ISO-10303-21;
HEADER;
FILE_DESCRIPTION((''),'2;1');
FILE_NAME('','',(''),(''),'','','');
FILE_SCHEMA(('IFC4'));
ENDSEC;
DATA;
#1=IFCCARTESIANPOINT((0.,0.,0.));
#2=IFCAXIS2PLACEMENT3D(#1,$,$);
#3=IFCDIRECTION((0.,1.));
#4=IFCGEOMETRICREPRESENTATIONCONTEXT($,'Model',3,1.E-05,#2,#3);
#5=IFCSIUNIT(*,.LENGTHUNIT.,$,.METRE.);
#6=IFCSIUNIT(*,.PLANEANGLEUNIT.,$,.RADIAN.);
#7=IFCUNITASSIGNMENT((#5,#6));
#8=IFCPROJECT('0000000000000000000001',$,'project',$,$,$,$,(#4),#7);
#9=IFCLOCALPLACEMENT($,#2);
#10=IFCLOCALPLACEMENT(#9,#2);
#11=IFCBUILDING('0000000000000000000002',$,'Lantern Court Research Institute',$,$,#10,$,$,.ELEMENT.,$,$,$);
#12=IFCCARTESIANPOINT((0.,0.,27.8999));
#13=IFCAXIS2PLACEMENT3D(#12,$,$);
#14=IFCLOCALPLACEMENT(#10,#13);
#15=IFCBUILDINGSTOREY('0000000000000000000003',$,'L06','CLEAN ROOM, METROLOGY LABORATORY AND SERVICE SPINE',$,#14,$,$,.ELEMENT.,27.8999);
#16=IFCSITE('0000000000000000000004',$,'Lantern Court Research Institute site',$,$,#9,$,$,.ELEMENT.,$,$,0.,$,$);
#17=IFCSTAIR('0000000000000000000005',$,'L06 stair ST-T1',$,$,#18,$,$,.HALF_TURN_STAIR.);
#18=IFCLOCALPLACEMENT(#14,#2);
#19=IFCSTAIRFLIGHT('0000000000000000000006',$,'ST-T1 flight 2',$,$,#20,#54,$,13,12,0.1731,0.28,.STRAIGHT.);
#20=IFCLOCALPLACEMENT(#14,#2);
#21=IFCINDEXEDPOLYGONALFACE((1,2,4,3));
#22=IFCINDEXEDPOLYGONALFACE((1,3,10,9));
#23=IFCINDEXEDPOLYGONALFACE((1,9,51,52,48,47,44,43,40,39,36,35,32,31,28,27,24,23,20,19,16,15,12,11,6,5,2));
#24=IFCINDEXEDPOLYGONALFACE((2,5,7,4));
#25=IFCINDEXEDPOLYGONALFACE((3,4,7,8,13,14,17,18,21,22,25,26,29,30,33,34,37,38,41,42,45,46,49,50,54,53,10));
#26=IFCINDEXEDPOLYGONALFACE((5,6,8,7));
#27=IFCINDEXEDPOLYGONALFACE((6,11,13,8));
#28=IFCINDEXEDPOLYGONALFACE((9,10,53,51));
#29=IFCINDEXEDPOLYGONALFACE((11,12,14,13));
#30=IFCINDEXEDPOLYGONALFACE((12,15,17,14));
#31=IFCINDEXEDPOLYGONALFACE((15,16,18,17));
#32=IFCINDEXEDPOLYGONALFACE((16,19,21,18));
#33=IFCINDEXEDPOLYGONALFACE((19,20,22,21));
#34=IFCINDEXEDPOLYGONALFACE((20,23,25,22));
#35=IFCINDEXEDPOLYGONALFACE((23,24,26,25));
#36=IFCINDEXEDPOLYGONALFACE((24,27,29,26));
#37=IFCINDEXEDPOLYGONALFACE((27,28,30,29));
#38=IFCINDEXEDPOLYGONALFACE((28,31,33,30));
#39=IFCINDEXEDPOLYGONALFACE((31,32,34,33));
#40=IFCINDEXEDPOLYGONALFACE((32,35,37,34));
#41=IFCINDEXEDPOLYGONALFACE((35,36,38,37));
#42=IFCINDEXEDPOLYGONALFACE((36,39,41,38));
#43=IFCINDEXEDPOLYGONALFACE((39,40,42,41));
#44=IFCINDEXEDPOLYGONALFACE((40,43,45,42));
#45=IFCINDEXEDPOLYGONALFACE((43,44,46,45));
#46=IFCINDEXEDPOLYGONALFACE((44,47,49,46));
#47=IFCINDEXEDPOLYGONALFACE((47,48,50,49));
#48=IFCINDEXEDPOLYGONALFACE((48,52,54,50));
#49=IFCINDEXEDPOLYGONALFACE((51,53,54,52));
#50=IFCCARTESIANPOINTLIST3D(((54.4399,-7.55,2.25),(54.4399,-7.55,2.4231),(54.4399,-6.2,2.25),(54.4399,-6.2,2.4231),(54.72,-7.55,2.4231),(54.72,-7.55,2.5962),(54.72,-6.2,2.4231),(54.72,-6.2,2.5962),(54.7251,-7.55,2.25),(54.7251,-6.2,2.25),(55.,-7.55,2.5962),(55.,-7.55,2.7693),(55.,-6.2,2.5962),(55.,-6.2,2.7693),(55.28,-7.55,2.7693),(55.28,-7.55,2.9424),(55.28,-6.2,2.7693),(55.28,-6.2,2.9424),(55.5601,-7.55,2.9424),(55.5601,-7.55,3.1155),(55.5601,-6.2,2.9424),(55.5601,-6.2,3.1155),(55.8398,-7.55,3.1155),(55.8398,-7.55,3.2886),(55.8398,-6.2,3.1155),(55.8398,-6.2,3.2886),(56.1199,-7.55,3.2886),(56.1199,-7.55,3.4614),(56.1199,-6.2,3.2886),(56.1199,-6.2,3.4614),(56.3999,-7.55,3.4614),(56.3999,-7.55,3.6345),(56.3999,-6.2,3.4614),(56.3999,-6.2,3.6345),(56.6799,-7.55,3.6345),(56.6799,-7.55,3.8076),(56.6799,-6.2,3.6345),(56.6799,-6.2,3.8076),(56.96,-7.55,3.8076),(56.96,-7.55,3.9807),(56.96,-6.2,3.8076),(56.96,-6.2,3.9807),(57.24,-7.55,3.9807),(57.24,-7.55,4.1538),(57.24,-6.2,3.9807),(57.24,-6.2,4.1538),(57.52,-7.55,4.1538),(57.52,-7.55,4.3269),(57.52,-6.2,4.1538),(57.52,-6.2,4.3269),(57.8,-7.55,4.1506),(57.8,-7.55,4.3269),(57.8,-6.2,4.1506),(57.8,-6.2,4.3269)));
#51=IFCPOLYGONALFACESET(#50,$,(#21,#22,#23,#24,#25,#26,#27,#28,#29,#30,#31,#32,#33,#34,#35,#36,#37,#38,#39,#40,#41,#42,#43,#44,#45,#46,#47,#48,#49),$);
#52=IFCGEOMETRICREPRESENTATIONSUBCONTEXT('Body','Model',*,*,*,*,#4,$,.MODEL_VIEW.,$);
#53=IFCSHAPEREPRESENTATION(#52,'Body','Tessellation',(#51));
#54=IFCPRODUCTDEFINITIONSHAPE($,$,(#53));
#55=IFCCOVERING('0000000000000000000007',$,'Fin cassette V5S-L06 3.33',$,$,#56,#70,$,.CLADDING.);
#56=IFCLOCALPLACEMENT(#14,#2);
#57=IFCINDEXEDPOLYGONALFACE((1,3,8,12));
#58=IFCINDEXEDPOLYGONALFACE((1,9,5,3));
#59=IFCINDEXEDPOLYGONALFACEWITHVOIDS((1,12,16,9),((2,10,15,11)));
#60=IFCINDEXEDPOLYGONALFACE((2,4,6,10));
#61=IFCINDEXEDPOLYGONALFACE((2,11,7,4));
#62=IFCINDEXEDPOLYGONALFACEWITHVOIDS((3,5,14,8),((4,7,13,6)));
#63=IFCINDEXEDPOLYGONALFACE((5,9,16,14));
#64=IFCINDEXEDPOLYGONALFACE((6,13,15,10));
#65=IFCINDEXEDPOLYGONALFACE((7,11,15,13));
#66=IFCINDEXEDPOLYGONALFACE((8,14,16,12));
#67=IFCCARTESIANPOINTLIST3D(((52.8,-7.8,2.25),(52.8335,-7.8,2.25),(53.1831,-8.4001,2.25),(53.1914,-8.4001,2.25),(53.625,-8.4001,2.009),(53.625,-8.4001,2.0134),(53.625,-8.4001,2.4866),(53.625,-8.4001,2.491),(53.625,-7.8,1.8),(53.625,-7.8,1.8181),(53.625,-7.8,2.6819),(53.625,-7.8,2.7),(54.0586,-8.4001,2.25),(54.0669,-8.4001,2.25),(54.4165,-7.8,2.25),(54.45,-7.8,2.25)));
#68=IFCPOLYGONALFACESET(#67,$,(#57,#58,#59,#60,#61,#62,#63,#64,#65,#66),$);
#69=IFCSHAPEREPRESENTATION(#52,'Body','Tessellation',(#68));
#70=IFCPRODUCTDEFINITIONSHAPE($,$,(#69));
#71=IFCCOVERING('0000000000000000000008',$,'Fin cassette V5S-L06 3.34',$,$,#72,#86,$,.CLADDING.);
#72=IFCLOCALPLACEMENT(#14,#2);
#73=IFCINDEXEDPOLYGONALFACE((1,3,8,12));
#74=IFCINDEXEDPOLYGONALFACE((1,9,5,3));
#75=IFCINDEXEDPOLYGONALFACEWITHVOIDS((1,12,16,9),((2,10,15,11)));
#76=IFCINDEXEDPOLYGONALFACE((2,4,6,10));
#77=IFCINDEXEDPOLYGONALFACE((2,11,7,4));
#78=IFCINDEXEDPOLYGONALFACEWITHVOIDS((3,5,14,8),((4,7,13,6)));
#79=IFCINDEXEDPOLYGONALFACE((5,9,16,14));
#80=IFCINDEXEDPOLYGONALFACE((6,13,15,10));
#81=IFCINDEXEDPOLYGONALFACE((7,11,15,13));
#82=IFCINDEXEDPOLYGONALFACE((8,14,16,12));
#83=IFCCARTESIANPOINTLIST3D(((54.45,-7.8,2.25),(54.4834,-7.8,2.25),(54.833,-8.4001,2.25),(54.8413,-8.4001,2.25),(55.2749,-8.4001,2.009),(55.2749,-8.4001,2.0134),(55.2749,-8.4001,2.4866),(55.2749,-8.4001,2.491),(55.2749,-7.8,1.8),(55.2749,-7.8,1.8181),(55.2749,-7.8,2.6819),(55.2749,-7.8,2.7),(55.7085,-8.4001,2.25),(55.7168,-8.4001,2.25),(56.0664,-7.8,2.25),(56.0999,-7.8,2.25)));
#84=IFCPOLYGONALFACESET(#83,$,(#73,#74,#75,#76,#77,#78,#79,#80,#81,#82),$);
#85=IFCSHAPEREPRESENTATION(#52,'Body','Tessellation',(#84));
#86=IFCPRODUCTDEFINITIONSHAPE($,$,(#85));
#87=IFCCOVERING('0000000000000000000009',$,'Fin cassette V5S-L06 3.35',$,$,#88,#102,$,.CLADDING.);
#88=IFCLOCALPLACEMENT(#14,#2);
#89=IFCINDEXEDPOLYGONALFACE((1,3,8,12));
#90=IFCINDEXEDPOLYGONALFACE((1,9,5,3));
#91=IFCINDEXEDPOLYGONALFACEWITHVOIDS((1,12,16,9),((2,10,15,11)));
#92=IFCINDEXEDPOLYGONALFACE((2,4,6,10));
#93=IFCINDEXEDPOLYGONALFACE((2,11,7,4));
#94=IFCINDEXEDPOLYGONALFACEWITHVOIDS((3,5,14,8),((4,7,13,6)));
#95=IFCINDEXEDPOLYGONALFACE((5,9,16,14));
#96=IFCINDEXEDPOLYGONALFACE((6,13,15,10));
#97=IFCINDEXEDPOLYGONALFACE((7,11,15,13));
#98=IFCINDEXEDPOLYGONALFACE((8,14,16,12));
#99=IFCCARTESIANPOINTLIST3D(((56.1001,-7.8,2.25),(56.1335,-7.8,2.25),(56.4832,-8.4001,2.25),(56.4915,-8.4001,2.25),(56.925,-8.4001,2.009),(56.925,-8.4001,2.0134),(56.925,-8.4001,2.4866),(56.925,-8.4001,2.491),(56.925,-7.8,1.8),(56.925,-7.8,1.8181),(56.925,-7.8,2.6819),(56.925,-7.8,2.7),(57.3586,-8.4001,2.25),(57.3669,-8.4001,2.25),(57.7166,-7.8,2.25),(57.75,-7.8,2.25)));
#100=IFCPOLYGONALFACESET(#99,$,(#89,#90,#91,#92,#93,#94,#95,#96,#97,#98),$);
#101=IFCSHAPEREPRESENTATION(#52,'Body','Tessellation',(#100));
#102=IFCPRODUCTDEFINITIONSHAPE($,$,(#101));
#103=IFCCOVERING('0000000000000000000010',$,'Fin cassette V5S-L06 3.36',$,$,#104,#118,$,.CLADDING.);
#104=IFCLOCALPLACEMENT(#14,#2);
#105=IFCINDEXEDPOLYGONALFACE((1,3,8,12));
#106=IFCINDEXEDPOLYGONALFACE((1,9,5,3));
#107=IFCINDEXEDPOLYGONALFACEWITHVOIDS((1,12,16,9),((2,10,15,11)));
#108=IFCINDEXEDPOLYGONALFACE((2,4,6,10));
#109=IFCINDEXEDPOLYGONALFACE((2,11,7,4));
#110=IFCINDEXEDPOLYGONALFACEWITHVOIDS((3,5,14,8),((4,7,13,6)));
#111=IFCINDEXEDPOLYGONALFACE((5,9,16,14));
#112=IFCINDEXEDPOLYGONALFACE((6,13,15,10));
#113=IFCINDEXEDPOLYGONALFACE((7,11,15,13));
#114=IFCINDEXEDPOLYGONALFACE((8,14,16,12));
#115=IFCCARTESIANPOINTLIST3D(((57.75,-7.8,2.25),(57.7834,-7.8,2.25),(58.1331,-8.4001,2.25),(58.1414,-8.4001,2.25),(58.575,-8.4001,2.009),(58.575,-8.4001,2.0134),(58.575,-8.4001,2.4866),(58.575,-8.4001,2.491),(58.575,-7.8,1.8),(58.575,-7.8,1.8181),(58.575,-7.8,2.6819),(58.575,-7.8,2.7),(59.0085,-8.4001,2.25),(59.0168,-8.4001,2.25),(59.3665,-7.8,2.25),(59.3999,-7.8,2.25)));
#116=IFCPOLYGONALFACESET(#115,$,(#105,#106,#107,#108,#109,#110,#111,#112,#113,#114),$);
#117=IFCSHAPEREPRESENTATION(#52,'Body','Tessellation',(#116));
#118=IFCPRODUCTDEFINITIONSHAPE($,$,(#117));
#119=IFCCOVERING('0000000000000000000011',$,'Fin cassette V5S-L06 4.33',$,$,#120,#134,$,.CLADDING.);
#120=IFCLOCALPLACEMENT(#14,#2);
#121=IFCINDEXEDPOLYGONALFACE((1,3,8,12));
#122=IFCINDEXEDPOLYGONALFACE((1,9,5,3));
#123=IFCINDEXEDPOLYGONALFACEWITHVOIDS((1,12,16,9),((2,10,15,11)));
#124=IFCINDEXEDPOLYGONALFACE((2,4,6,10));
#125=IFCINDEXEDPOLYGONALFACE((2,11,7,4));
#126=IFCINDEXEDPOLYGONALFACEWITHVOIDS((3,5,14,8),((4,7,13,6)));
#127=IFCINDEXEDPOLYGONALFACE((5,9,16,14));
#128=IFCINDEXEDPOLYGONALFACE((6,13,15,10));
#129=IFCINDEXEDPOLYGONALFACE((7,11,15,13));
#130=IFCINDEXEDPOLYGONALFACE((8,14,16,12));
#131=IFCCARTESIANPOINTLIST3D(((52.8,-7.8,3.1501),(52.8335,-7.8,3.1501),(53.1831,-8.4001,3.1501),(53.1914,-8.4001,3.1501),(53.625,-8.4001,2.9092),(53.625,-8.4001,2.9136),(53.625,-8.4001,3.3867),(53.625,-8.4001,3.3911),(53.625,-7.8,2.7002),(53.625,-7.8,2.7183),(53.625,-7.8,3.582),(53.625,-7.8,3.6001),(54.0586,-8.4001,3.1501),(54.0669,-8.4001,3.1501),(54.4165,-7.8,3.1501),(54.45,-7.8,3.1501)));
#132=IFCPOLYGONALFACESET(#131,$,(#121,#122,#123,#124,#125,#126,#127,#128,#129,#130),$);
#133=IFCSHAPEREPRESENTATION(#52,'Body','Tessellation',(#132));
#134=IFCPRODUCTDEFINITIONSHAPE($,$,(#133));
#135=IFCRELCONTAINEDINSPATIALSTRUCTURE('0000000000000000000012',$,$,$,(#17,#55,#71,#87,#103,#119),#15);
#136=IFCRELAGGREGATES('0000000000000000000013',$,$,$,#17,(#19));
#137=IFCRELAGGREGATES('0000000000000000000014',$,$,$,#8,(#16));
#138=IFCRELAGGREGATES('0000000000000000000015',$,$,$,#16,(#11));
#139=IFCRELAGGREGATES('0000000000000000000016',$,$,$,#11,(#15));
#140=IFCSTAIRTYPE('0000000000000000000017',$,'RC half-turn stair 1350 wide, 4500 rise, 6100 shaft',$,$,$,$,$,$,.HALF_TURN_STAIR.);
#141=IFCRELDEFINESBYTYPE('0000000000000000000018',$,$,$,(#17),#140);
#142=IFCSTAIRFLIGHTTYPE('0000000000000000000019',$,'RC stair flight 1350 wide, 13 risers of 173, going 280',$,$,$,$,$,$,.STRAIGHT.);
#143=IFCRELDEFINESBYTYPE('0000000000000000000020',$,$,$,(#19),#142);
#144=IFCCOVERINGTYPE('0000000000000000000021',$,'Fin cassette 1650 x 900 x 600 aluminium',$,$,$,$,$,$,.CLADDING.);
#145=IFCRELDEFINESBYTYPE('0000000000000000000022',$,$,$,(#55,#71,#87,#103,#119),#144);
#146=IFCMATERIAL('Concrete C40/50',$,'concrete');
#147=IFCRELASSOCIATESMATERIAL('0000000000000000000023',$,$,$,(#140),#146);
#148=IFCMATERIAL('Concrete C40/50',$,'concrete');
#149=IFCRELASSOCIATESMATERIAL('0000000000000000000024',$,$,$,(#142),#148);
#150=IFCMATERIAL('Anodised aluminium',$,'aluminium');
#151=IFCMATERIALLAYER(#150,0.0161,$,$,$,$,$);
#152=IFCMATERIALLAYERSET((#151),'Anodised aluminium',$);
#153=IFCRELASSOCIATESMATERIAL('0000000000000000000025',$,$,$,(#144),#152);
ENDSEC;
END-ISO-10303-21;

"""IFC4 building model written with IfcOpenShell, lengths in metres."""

from ifc_helpers import new_model, entity, si_unit, direction, frame, origin, place, context, subcontext, project, spatial, polyline, outline, extrude, material, layer, layer_set, type_object, element, aggregate, save


model = new_model("IFC4")

# Units and contexts
model_context = context("Model", 3, precision=1e-05, world=origin(), true_north=direction((0.0, 1.0)))
body_context = subcontext(model_context, "Body", "Model", "MODEL_VIEW")
ifc_project = project(units=[si_unit("LENGTHUNIT", "METRE"), si_unit("PLANEANGLEUNIT", "RADIAN")], contexts=[model_context])

# Site, building, storey
site_placement = place(None, origin())
site = spatial("IfcSite", under=ifc_project, at=site_placement, Name="Lantern Court Research Institute site", CompositionType="ELEMENT", RefElevation=0.0)
building_placement = place(site_placement, origin())
building = spatial("IfcBuilding", under=site, at=building_placement, Name="Lantern Court Research Institute", CompositionType="ELEMENT")
storey_placement = place(building_placement, frame((0.0, 0.0, 27.8999)))
storey = spatial("IfcBuildingStorey", under=building, at=storey_placement, Name="L06", Description="CLEAN ROOM, METROLOGY LABORATORY AND SERVICE SPINE", CompositionType="ELEMENT", Elevation=27.8999)

# Stair, stair flight
ifc_material_1 = material(Name="Concrete C40/50", Category="concrete")
stair_type = type_object("IfcStairType", Name="RC half-turn stair 1350 wide, 4500 rise, 6100 shaft", PredefinedType="HALF_TURN_STAIR", material=ifc_material_1)
stair_placement = place(storey_placement, origin())
stair = element("IfcStair", 1, at=stair_placement, inside=storey, type_object=stair_type, Name="L06 stair ST-T1", PredefinedType="HALF_TURN_STAIR")
ifc_material_2 = material(Name="Concrete C40/50", Category="concrete")
stair_flight_type = type_object("IfcStairFlightType", Name="RC stair flight 1350 wide, 13 risers of 173, going 280", PredefinedType="STRAIGHT", material=ifc_material_2)
stair_flight_placement = place(storey_placement, frame((54.4399, -6.875, 2.25), z_axis=(0.0, 0.0, 1.0), x_axis=(1.0, 0.0, 0.0)))
stair_flight = element("IfcStairFlight", 2, at=stair_flight_placement, type_object=stair_flight_type, Name="ST-T1 flight 2", NumberOfRisers=13, NumberOfTreads=12, PredefinedType="STRAIGHT", RiserHeight=0.1731, TreadLength=0.28, context=body_context, shape_type="SweptSolid", body=[
    extrude(outline(polyline([(0.0, 0.0), (0.0, 0.1731), (0.28, 0.1731), (0.28, 0.3462), (0.5601, 0.3462), (0.5601, 0.5193), (0.8401, 0.5193), (0.8401, 0.6924), (1.1201, 0.6924), (1.1201, 0.8655), (1.3999, 0.8655), (1.3999, 1.0386), (1.6799, 1.0386), (1.6799, 1.2114), (1.96, 1.2114), (1.96, 1.3845), (2.24, 1.3845), (2.24, 1.5576), (2.52, 1.5576), (2.52, 1.7307), (2.8, 1.7307), (2.8, 1.9038), (3.0801, 1.9038), (3.0801, 2.0769), (3.3601, 2.0769), (3.3601, 2.25), (3.3601, 1.9006), (0.2852, 0.0), (0.0, 0.0)])), frame((0.0, 0.675, 0.0), z_axis=(0.0, -1.0, 0.0), x_axis=(1.0, 0.0, 0.0)), (0.0, 0.0, 1.0), 1.3501),
])
aggregate(stair, [stair_flight])

# Coverings
ifc_material_3 = material(Name="Anodised aluminium", Category="aluminium")
ifc_layer = layer(ifc_material_3, 0.0161)
ifc_layer_set = layer_set([ifc_layer], Name="Anodised aluminium")
covering_type = type_object("IfcCoveringType", Name="Fin cassette 1650 x 900 x 600 aluminium", PredefinedType="CLADDING", material=ifc_layer_set)
covering_1_placement = place(storey_placement, frame((53.625, -7.8, 2.25), z_axis=(0.0, -1.0, 0.0), x_axis=(1.0, 0.0, 0.0)))
cartesian_point_1 = entity("IfcCartesianPoint", [0.825, 0.0])
cartesian_point_2 = entity("IfcCartesianPoint", [0.7915, 0.0])
cartesian_point_3 = entity("IfcCartesianPoint", [0.4419, 0.0])
cartesian_point_4 = entity("IfcCartesianPoint", [0.4336, 0.0])
element("IfcCovering", 3, at=covering_1_placement, inside=storey, type_object=covering_type, Name="Fin cassette V5S-L06 3.33", PredefinedType="CLADDING", context=body_context, shape_type="SweptSolid", body=[
    entity("IfcExtrudedAreaSolidTapered", entity("IfcArbitraryProfileDefWithVoids", "AREA", None, entity("IfcPolyline", [cartesian_point_1, entity("IfcCartesianPoint", [0.0, 0.45]), entity("IfcCartesianPoint", [-0.825, 0.0]), entity("IfcCartesianPoint", [0.0, -0.45]), cartesian_point_1]), [entity("IfcPolyline", [cartesian_point_2, entity("IfcCartesianPoint", [0.0, 0.4319]), entity("IfcCartesianPoint", [-0.7915, 0.0]), entity("IfcCartesianPoint", [0.0, -0.4319]), cartesian_point_2])]), entity("IfcAxis2Placement3D", entity("IfcCartesianPoint", [0.0, 0.0, 0.0])), entity("IfcDirection", [0.0, 0.0, 1.0]), 0.6001, entity("IfcArbitraryProfileDefWithVoids", "AREA", None, entity("IfcPolyline", [cartesian_point_3, entity("IfcCartesianPoint", [0.0, 0.241]), entity("IfcCartesianPoint", [-0.4419, 0.0]), entity("IfcCartesianPoint", [0.0, -0.241]), cartesian_point_3]), [entity("IfcPolyline", [cartesian_point_4, entity("IfcCartesianPoint", [0.0, 0.2366]), entity("IfcCartesianPoint", [-0.4336, 0.0]), entity("IfcCartesianPoint", [0.0, -0.2366]), cartesian_point_4])])),
])
covering_2_placement = place(storey_placement, frame((55.2749, -7.8, 2.25), z_axis=(0.0, -1.0, 0.0), x_axis=(1.0, 0.0, 0.0)))
cartesian_point_5 = entity("IfcCartesianPoint", [0.825, 0.0])
cartesian_point_6 = entity("IfcCartesianPoint", [0.7915, 0.0])
cartesian_point_7 = entity("IfcCartesianPoint", [0.4419, 0.0])
cartesian_point_8 = entity("IfcCartesianPoint", [0.4336, 0.0])
element("IfcCovering", 4, at=covering_2_placement, inside=storey, type_object=covering_type, Name="Fin cassette V5S-L06 3.34", PredefinedType="CLADDING", context=body_context, shape_type="SweptSolid", body=[
    entity("IfcExtrudedAreaSolidTapered", entity("IfcArbitraryProfileDefWithVoids", "AREA", None, entity("IfcPolyline", [cartesian_point_5, entity("IfcCartesianPoint", [0.0, 0.45]), entity("IfcCartesianPoint", [-0.825, 0.0]), entity("IfcCartesianPoint", [0.0, -0.45]), cartesian_point_5]), [entity("IfcPolyline", [cartesian_point_6, entity("IfcCartesianPoint", [0.0, 0.4319]), entity("IfcCartesianPoint", [-0.7915, 0.0]), entity("IfcCartesianPoint", [0.0, -0.4319]), cartesian_point_6])]), entity("IfcAxis2Placement3D", entity("IfcCartesianPoint", [0.0, 0.0, 0.0])), entity("IfcDirection", [0.0, 0.0, 1.0]), 0.6001, entity("IfcArbitraryProfileDefWithVoids", "AREA", None, entity("IfcPolyline", [cartesian_point_7, entity("IfcCartesianPoint", [0.0, 0.241]), entity("IfcCartesianPoint", [-0.4419, 0.0]), entity("IfcCartesianPoint", [0.0, -0.241]), cartesian_point_7]), [entity("IfcPolyline", [cartesian_point_8, entity("IfcCartesianPoint", [0.0, 0.2366]), entity("IfcCartesianPoint", [-0.4336, 0.0]), entity("IfcCartesianPoint", [0.0, -0.2366]), cartesian_point_8])])),
])
covering_3_placement = place(storey_placement, frame((56.925, -7.8, 2.25), z_axis=(0.0, -1.0, 0.0), x_axis=(1.0, 0.0, 0.0)))
cartesian_point_9 = entity("IfcCartesianPoint", [0.825, 0.0])
cartesian_point_10 = entity("IfcCartesianPoint", [0.7915, 0.0])
cartesian_point_11 = entity("IfcCartesianPoint", [0.4419, 0.0])
cartesian_point_12 = entity("IfcCartesianPoint", [0.4336, 0.0])
element("IfcCovering", 5, at=covering_3_placement, inside=storey, type_object=covering_type, Name="Fin cassette V5S-L06 3.35", PredefinedType="CLADDING", context=body_context, shape_type="SweptSolid", body=[
    entity("IfcExtrudedAreaSolidTapered", entity("IfcArbitraryProfileDefWithVoids", "AREA", None, entity("IfcPolyline", [cartesian_point_9, entity("IfcCartesianPoint", [0.0, 0.45]), entity("IfcCartesianPoint", [-0.825, 0.0]), entity("IfcCartesianPoint", [0.0, -0.45]), cartesian_point_9]), [entity("IfcPolyline", [cartesian_point_10, entity("IfcCartesianPoint", [0.0, 0.4319]), entity("IfcCartesianPoint", [-0.7915, 0.0]), entity("IfcCartesianPoint", [0.0, -0.4319]), cartesian_point_10])]), entity("IfcAxis2Placement3D", entity("IfcCartesianPoint", [0.0, 0.0, 0.0])), entity("IfcDirection", [0.0, 0.0, 1.0]), 0.6001, entity("IfcArbitraryProfileDefWithVoids", "AREA", None, entity("IfcPolyline", [cartesian_point_11, entity("IfcCartesianPoint", [0.0, 0.241]), entity("IfcCartesianPoint", [-0.4419, 0.0]), entity("IfcCartesianPoint", [0.0, -0.241]), cartesian_point_11]), [entity("IfcPolyline", [cartesian_point_12, entity("IfcCartesianPoint", [0.0, 0.2366]), entity("IfcCartesianPoint", [-0.4336, 0.0]), entity("IfcCartesianPoint", [0.0, -0.2366]), cartesian_point_12])])),
])
covering_4_placement = place(storey_placement, frame((58.575, -7.8, 2.25), z_axis=(0.0, -1.0, 0.0), x_axis=(1.0, 0.0, 0.0)))
cartesian_point_13 = entity("IfcCartesianPoint", [0.825, 0.0])
cartesian_point_14 = entity("IfcCartesianPoint", [0.7915, 0.0])
cartesian_point_15 = entity("IfcCartesianPoint", [0.4419, 0.0])
cartesian_point_16 = entity("IfcCartesianPoint", [0.4336, 0.0])
element("IfcCovering", 6, at=covering_4_placement, inside=storey, type_object=covering_type, Name="Fin cassette V5S-L06 3.36", PredefinedType="CLADDING", context=body_context, shape_type="SweptSolid", body=[
    entity("IfcExtrudedAreaSolidTapered", entity("IfcArbitraryProfileDefWithVoids", "AREA", None, entity("IfcPolyline", [cartesian_point_13, entity("IfcCartesianPoint", [0.0, 0.45]), entity("IfcCartesianPoint", [-0.825, 0.0]), entity("IfcCartesianPoint", [0.0, -0.45]), cartesian_point_13]), [entity("IfcPolyline", [cartesian_point_14, entity("IfcCartesianPoint", [0.0, 0.4319]), entity("IfcCartesianPoint", [-0.7915, 0.0]), entity("IfcCartesianPoint", [0.0, -0.4319]), cartesian_point_14])]), entity("IfcAxis2Placement3D", entity("IfcCartesianPoint", [0.0, 0.0, 0.0])), entity("IfcDirection", [0.0, 0.0, 1.0]), 0.6001, entity("IfcArbitraryProfileDefWithVoids", "AREA", None, entity("IfcPolyline", [cartesian_point_15, entity("IfcCartesianPoint", [0.0, 0.241]), entity("IfcCartesianPoint", [-0.4419, 0.0]), entity("IfcCartesianPoint", [0.0, -0.241]), cartesian_point_15]), [entity("IfcPolyline", [cartesian_point_16, entity("IfcCartesianPoint", [0.0, 0.2366]), entity("IfcCartesianPoint", [-0.4336, 0.0]), entity("IfcCartesianPoint", [0.0, -0.2366]), cartesian_point_16])])),
])
covering_5_placement = place(storey_placement, frame((53.625, -7.8, 3.1501), z_axis=(0.0, -1.0, 0.0), x_axis=(1.0, 0.0, 0.0)))
cartesian_point_17 = entity("IfcCartesianPoint", [0.825, 0.0])
cartesian_point_18 = entity("IfcCartesianPoint", [0.7915, 0.0])
cartesian_point_19 = entity("IfcCartesianPoint", [0.4419, 0.0])
cartesian_point_20 = entity("IfcCartesianPoint", [0.4336, 0.0])
element("IfcCovering", 7, at=covering_5_placement, inside=storey, type_object=covering_type, Name="Fin cassette V5S-L06 4.33", PredefinedType="CLADDING", context=body_context, shape_type="SweptSolid", body=[
    entity("IfcExtrudedAreaSolidTapered", entity("IfcArbitraryProfileDefWithVoids", "AREA", None, entity("IfcPolyline", [cartesian_point_17, entity("IfcCartesianPoint", [0.0, 0.45]), entity("IfcCartesianPoint", [-0.825, 0.0]), entity("IfcCartesianPoint", [0.0, -0.45]), cartesian_point_17]), [entity("IfcPolyline", [cartesian_point_18, entity("IfcCartesianPoint", [0.0, 0.4319]), entity("IfcCartesianPoint", [-0.7915, 0.0]), entity("IfcCartesianPoint", [0.0, -0.4319]), cartesian_point_18])]), entity("IfcAxis2Placement3D", entity("IfcCartesianPoint", [0.0, 0.0, 0.0])), entity("IfcDirection", [0.0, 0.0, 1.0]), 0.6001, entity("IfcArbitraryProfileDefWithVoids", "AREA", None, entity("IfcPolyline", [cartesian_point_19, entity("IfcCartesianPoint", [0.0, 0.241]), entity("IfcCartesianPoint", [-0.4419, 0.0]), entity("IfcCartesianPoint", [0.0, -0.241]), cartesian_point_19]), [entity("IfcPolyline", [cartesian_point_20, entity("IfcCartesianPoint", [0.0, 0.2366]), entity("IfcCartesianPoint", [-0.4336, 0.0]), entity("IfcCartesianPoint", [0.0, -0.2366]), cartesian_point_20])])),
])

save(model, "model.ifc")
